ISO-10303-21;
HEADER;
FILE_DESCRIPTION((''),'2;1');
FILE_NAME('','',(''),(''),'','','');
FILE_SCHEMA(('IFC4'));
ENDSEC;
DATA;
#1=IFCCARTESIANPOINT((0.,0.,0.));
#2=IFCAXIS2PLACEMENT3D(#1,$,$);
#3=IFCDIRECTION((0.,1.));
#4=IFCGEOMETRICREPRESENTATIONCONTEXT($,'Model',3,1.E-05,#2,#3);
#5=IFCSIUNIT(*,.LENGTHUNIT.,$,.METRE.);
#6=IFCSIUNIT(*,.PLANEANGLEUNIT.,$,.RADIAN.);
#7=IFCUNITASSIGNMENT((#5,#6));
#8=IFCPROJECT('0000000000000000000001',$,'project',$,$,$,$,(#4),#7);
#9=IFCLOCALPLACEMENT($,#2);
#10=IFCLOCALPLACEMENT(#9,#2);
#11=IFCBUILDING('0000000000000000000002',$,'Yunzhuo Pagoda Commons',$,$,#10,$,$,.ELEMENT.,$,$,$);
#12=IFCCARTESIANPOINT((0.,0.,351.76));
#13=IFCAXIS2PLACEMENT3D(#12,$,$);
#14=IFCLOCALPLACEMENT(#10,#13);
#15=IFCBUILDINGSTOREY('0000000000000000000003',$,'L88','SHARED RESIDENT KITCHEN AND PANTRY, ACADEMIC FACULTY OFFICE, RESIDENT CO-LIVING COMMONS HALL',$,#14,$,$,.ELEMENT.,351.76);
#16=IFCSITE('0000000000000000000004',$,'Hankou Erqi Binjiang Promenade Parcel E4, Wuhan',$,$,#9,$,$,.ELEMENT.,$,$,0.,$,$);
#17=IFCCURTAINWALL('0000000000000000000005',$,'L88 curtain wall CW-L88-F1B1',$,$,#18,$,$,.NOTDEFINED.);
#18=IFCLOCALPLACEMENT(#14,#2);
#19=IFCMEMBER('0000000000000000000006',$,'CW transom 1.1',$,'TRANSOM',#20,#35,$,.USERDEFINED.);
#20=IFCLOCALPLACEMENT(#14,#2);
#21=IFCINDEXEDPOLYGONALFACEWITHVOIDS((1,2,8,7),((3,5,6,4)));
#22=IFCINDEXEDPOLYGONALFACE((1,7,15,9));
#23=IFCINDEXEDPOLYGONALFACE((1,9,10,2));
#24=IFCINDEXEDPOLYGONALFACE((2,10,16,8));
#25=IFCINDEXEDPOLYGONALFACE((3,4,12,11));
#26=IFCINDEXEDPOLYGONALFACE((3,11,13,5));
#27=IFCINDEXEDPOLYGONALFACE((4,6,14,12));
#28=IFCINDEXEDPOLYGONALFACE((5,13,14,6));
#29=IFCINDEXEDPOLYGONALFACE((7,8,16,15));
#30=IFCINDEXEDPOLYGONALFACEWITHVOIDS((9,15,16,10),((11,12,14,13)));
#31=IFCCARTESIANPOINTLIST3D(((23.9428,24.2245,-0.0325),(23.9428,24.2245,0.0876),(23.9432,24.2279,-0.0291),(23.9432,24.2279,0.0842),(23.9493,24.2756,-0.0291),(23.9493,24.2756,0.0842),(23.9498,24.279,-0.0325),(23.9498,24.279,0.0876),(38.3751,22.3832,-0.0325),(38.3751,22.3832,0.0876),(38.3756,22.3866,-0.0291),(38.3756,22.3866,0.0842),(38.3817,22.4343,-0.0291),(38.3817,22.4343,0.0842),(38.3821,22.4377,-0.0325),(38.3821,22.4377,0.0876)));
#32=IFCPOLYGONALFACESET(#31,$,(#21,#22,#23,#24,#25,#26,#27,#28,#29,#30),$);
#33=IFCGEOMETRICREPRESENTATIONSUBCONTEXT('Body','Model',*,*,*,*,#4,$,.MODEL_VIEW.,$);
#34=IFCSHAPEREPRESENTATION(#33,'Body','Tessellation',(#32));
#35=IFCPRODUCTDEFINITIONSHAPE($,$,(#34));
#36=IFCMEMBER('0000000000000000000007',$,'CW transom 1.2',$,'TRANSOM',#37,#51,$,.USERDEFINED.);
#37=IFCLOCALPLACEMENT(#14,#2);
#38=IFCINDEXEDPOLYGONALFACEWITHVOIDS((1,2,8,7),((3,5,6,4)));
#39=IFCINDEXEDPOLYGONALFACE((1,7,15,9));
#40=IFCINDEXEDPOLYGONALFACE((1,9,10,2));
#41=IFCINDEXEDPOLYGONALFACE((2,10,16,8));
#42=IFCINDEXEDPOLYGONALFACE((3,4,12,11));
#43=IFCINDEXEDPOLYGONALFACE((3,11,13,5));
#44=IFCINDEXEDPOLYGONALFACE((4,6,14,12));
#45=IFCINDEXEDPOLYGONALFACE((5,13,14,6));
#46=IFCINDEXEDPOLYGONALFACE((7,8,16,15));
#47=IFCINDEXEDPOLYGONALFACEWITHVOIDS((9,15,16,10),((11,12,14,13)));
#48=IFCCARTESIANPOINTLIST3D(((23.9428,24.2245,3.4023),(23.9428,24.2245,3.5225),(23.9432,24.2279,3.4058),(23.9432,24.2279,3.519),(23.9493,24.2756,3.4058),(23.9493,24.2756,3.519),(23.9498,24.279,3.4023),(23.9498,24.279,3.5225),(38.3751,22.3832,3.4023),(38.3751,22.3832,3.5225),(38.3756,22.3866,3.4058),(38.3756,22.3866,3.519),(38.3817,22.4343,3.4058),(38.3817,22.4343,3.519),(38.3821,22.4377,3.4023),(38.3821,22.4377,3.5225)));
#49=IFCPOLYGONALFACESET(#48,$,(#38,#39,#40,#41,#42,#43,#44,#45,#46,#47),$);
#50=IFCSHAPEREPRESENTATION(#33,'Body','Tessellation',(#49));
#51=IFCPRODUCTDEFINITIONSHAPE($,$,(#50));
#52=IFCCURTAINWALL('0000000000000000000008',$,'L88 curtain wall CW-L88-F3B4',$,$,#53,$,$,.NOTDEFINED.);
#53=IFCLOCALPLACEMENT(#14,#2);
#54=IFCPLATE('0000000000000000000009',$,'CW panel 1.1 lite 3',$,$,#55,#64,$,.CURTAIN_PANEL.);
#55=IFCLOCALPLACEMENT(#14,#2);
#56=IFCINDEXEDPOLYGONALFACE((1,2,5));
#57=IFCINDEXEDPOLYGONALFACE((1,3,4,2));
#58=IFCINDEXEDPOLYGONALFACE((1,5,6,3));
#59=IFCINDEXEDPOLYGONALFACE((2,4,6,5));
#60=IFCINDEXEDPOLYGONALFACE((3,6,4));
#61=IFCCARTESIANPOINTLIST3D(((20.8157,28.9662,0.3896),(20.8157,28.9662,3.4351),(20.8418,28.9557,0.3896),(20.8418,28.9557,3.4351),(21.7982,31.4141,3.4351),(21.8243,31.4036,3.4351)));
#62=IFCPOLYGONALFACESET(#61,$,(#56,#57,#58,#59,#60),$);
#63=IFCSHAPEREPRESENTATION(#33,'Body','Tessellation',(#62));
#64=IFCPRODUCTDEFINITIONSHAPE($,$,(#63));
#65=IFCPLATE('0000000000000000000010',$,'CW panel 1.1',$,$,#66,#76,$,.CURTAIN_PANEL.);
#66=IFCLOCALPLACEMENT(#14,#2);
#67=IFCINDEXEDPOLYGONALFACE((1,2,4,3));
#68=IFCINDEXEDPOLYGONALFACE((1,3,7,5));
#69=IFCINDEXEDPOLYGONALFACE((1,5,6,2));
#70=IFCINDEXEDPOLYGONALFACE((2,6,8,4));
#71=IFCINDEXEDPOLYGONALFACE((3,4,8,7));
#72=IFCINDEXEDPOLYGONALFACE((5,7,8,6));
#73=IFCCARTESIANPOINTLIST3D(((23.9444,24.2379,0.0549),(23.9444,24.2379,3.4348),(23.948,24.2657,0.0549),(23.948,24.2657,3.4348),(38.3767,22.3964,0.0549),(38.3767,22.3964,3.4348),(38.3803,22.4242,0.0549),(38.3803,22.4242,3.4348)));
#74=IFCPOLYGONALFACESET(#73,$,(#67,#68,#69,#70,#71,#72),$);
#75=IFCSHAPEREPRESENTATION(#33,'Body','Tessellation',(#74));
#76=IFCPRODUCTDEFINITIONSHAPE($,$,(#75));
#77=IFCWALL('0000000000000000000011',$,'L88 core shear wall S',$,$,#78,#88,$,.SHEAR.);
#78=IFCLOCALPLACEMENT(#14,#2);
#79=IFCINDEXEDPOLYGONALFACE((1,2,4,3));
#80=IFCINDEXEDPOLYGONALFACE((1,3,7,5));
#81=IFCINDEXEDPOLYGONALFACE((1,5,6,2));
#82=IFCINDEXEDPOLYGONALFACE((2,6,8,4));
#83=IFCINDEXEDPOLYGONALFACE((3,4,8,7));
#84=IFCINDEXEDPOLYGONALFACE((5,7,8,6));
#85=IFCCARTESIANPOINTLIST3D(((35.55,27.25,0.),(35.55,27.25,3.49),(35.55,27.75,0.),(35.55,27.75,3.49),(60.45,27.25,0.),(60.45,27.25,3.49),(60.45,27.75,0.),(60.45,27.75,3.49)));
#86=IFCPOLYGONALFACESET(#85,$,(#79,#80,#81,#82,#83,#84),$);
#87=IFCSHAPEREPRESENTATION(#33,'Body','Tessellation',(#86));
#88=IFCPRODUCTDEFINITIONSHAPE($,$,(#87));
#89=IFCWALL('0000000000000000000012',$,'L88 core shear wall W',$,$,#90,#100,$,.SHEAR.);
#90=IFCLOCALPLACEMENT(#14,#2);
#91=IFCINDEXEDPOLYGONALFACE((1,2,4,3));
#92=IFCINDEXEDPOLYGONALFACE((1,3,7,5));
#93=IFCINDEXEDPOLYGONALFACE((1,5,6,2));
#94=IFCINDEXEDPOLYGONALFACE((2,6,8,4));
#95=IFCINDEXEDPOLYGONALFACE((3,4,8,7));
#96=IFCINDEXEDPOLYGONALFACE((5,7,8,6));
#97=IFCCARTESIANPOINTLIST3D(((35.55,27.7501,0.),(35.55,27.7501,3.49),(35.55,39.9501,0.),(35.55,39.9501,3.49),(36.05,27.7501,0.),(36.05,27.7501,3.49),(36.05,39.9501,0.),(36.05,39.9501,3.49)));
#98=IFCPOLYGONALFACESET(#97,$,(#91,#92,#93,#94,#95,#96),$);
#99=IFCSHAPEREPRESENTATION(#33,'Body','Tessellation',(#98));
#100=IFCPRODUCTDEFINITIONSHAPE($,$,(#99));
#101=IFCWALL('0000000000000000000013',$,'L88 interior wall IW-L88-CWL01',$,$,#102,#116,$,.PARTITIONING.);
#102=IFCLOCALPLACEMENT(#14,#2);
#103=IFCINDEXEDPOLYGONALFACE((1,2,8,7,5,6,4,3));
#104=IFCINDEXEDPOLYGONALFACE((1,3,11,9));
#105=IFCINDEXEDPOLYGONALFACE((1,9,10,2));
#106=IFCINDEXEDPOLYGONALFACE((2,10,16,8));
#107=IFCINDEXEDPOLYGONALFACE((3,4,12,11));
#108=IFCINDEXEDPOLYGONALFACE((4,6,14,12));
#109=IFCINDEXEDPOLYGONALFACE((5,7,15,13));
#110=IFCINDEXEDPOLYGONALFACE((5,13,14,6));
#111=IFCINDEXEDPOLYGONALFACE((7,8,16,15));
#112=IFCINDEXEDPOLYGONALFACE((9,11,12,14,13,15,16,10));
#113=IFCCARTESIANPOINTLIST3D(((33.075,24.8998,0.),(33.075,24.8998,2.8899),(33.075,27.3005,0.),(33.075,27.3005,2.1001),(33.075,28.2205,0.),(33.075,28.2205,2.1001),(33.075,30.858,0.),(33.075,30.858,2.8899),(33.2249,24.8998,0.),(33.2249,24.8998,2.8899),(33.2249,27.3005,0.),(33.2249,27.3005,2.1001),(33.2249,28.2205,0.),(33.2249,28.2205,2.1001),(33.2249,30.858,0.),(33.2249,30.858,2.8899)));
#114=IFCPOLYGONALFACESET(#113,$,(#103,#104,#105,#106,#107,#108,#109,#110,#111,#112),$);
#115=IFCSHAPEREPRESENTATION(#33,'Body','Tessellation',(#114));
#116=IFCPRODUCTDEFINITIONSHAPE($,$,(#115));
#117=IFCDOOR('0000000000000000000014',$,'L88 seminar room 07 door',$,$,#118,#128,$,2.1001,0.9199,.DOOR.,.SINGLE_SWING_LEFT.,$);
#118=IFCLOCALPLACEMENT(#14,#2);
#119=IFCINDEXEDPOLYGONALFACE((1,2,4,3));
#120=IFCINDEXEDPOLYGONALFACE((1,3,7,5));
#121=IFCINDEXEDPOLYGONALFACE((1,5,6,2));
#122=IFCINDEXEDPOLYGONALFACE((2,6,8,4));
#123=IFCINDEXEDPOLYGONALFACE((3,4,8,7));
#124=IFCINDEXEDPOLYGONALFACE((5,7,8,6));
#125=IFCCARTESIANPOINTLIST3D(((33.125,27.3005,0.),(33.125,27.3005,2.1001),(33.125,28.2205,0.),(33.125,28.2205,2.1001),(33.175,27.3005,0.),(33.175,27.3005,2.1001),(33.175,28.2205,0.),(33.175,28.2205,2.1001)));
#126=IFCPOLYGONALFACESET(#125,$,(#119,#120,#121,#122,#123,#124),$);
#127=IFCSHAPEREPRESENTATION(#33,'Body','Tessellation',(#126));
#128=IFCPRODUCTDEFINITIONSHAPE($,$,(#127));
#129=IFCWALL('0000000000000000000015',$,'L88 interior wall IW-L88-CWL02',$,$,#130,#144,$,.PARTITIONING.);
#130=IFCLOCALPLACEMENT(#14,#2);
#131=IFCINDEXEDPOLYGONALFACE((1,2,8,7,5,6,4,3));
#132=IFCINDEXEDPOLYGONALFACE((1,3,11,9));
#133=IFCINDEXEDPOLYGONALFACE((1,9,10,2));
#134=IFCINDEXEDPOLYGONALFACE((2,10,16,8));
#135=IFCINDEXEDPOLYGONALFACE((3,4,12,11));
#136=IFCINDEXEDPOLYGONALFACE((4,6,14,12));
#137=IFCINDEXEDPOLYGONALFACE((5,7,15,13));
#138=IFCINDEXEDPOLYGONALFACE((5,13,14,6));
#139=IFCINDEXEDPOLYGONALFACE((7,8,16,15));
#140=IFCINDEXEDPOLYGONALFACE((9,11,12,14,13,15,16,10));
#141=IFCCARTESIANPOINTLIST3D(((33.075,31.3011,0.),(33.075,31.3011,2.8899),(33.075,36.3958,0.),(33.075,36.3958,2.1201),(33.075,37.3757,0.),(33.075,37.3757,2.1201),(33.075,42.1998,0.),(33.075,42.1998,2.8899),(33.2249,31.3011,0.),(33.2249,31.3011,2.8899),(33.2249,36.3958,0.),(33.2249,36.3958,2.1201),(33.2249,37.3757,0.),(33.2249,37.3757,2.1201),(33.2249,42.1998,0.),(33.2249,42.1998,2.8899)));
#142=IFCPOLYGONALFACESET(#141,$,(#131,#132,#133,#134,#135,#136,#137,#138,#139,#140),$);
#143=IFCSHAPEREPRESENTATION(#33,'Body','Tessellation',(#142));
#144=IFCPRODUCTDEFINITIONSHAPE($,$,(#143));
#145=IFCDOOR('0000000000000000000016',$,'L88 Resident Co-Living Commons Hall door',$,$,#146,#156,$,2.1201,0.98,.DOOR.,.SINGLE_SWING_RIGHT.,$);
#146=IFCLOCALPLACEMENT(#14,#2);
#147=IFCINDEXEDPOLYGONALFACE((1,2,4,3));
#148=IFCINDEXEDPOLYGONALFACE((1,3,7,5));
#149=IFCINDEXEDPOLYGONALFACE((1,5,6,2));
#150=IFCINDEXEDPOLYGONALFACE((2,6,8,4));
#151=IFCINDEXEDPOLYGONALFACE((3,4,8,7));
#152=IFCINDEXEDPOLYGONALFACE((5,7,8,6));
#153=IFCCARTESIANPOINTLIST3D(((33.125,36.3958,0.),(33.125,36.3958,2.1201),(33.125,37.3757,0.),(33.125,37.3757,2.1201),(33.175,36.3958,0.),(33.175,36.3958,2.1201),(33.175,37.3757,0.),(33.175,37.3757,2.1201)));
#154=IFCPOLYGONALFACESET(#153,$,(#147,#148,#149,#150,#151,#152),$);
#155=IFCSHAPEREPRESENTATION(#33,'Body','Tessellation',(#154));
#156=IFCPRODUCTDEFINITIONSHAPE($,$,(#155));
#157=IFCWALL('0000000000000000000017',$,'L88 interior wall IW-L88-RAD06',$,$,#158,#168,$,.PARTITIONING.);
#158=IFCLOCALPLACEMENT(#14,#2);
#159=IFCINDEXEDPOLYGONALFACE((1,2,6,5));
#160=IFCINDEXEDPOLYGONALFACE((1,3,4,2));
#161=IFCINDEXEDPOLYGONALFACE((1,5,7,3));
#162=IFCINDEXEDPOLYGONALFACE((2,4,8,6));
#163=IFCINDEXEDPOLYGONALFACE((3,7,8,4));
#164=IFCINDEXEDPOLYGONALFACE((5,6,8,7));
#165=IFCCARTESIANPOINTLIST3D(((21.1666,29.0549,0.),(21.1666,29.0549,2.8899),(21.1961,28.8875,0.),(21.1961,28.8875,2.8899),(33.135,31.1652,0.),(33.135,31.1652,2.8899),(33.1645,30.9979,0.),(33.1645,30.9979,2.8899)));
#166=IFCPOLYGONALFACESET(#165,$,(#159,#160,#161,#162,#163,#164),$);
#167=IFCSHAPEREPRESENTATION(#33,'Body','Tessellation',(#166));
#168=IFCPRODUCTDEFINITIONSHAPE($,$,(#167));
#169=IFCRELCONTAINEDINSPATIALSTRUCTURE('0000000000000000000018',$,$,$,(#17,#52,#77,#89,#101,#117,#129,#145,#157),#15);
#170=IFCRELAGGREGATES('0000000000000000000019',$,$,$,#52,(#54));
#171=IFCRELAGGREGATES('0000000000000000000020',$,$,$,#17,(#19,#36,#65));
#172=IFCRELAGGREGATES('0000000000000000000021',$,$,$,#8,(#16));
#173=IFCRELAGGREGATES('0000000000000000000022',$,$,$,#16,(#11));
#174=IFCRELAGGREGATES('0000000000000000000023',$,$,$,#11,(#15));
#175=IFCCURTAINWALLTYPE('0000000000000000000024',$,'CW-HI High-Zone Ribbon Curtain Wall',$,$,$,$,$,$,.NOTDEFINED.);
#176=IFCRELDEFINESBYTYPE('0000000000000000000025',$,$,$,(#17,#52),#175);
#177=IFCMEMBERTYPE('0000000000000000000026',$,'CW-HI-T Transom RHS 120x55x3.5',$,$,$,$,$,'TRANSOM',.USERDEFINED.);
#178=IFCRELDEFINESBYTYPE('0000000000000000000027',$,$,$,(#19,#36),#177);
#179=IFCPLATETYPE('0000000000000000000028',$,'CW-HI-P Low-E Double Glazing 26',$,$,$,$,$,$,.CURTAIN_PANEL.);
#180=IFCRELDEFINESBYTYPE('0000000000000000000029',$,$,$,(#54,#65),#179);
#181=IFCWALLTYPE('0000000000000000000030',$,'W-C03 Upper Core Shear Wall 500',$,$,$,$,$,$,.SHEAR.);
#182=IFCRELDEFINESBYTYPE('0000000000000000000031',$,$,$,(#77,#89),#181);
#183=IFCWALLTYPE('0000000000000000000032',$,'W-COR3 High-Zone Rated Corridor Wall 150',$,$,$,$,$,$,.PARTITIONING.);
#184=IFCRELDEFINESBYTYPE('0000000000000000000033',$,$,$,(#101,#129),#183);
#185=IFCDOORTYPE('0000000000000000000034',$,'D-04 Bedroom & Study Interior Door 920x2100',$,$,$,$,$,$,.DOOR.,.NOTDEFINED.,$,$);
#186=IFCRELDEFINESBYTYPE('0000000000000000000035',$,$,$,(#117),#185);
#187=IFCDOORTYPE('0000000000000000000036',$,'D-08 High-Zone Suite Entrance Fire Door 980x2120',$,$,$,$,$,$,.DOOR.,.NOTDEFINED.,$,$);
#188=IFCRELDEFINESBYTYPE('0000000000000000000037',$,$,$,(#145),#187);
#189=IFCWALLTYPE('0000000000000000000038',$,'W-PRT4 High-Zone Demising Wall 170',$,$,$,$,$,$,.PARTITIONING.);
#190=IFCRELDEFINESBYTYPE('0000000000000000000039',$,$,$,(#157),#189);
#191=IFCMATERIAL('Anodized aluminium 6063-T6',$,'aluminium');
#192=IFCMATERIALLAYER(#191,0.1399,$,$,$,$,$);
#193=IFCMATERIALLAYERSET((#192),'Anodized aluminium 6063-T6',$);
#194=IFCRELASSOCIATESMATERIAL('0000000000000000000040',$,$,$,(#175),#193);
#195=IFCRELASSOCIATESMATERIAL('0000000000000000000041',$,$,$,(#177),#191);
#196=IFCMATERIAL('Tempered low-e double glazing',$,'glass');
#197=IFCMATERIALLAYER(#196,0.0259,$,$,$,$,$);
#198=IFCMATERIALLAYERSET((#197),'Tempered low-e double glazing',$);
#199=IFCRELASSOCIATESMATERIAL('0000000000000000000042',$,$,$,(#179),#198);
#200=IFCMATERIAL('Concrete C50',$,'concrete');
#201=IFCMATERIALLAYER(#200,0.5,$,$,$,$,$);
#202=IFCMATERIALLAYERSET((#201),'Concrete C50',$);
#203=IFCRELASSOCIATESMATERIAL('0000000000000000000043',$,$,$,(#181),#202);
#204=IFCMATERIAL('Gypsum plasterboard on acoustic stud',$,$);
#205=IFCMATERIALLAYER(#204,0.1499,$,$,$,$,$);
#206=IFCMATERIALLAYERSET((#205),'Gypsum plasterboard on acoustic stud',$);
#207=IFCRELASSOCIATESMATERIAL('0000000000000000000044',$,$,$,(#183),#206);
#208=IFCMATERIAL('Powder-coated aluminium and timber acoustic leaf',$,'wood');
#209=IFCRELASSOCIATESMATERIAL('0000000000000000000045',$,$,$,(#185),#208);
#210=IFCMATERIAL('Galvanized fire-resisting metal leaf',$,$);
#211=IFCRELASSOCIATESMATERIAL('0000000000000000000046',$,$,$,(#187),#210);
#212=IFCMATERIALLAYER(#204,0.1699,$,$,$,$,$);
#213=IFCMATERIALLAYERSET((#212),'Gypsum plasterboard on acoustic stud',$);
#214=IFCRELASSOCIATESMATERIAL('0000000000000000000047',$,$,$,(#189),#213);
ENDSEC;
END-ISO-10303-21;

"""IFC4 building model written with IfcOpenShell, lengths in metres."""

from ifc_helpers import new_model, si_unit, direction, frame, frame_2d, origin, origin_with_axes, origin_2d, place, context, subcontext, project, spatial, polyline, rectangle, hollow_rectangle, outline, extrude, source, transform, mapped, material, layer, layer_set, material_profile, profile_set, type_object, element, fill, aggregate, save


model = new_model("IFC4")

# Units and contexts
model_context = context("Model", 3, precision=1e-05, world=origin(), true_north=direction((0.0, 1.0)))
body_context = subcontext(model_context, "Body", "Model", "MODEL_VIEW")
ifc_project = project(units=[si_unit("LENGTHUNIT", "METRE"), si_unit("PLANEANGLEUNIT", "RADIAN")], contexts=[model_context])

# Site, building, storey
site_placement = place(None, origin())
site = spatial("IfcSite", under=ifc_project, at=site_placement, Name="Hankou Erqi Binjiang Promenade Parcel E4, Wuhan", CompositionType="ELEMENT", RefElevation=0.0)
building_placement = place(site_placement, origin())
building = spatial("IfcBuilding", under=site, at=building_placement, Name="Yunzhuo Pagoda Commons", CompositionType="ELEMENT")
storey_placement = place(building_placement, frame((0.0, 0.0, 351.76)))
storey = spatial("IfcBuildingStorey", under=building, at=storey_placement, Name="L88", Description="SHARED RESIDENT KITCHEN AND PANTRY, ACADEMIC FACULTY OFFICE, RESIDENT CO-LIVING COMMONS HALL", CompositionType="ELEMENT", Elevation=351.76)

# Curtain wall, members
ifc_material_1 = material(Name="Anodized aluminium 6063-T6", Category="aluminium")
ifc_layer_1 = layer(ifc_material_1, 0.1399)
ifc_layer_set_1 = layer_set([ifc_layer_1], Name="Anodized aluminium 6063-T6")
curtain_wall_type = type_object("IfcCurtainWallType", Name="CW-HI High-Zone Ribbon Curtain Wall", PredefinedType="NOTDEFINED", material=ifc_layer_set_1)
curtain_wall_1_placement = place(storey_placement, origin())
curtain_wall_1 = element("IfcCurtainWall", 1, at=curtain_wall_1_placement, inside=storey, type_object=curtain_wall_type, Name="L88 curtain wall CW-L88-F1B1", PredefinedType="NOTDEFINED")
ifc_material_profile_1 = material_profile(ifc_material_1, hollow_rectangle(XDim=0.0549, YDim=0.1201, WallThickness=0.0034, at=origin_2d()), Name="Anodized aluminium 6063-T6")
ifc_profile_set_1 = profile_set([ifc_material_profile_1], Name="Anodized aluminium 6063-T6")
member_type_1 = type_object("IfcMemberType", Name="CW-HI-T Transom RHS 120x55x3.5", ElementType="TRANSOM", PredefinedType="USERDEFINED", material=ifc_profile_set_1)
shared_shape_1 = source(origin(), body_context, "Body", "SweptSolid", [
    extrude(hollow_rectangle(XDim=0.0549, YDim=0.1201, WallThickness=0.0034, at=origin_2d()), origin(), (0.0, 0.0, 1.0), 14.5493),
])
member_1_placement = place(storey_placement, frame((23.9463, 24.2517, 0.0276), z_axis=(0.991959, -0.126556, 0.0), x_axis=(0.126556, 0.991959, 0.0)))
member_1 = element("IfcMember", 2, at=member_1_placement, type_object=member_type_1, Name="CW transom 1.1", ObjectType="TRANSOM", PredefinedType="USERDEFINED", context=body_context, shape_type="MappedRepresentation", body=[
    mapped(shared_shape_1, transform((0.0, 0.0, 0.0), scale=1.0)),
])
member_2_placement = place(storey_placement, frame((23.9463, 24.2517, 3.4624), z_axis=(0.991959, -0.126556, 0.0), x_axis=(0.126556, 0.991959, 0.0)))
member_2 = element("IfcMember", 3, at=member_2_placement, type_object=member_type_1, Name="CW transom 1.2", ObjectType="TRANSOM", PredefinedType="USERDEFINED", context=body_context, shape_type="MappedRepresentation", body=[
    mapped(shared_shape_1, transform((0.0, 0.0, 0.0), scale=1.0)),
])

# Curtain wall, plate
curtain_wall_2_placement = place(storey_placement, origin())
curtain_wall_2 = element("IfcCurtainWall", 4, at=curtain_wall_2_placement, inside=storey, type_object=curtain_wall_type, Name="L88 curtain wall CW-L88-F3B4", PredefinedType="NOTDEFINED")
ifc_material_2 = material(Name="Tempered low-e double glazing", Category="glass")
ifc_layer_2 = layer(ifc_material_2, 0.0259)
ifc_layer_set_2 = layer_set([ifc_layer_2], Name="Tempered low-e double glazing")
plate_type = type_object("IfcPlateType", Name="CW-HI-P Low-E Double Glazing 26", PredefinedType="CURTAIN_PANEL", material=ifc_layer_set_2)
plate_1_placement = place(storey_placement, frame((21.333, 30.1797, 1.9124), z_axis=(-0.928039, 0.372483, 0.0), x_axis=(-0.372483, -0.928039, 0.0)))
plate_1 = element("IfcPlate", 5, at=plate_1_placement, type_object=plate_type, Name="CW panel 1.1 lite 3", PredefinedType="CURTAIN_PANEL", context=body_context, shape_type="SweptSolid", body=[
    extrude(outline(polyline([(-1.3188, 1.5227), (1.3188, -1.5227), (1.3188, 1.5227), (-1.3188, 1.5227)])), origin(), (0.0, 0.0, 1.0), 0.0281),
])
aggregate(curtain_wall_2, [plate_1])

# Plate
shared_shape_2 = source(origin(), body_context, "Body", "SweptSolid", [
    extrude(rectangle(XDim=14.5493, YDim=0.0281, at=origin_2d()), origin(), (0.0, 0.0, 1.0), 3.3799),
])
plate_2_placement = place(storey_placement, frame((31.1624, 23.3311, 0.0549), z_axis=(0.0, 0.0, 1.0), x_axis=(0.991958, -0.126571, 0.0)))
plate_2 = element("IfcPlate", 6, at=plate_2_placement, type_object=plate_type, Name="CW panel 1.1", PredefinedType="CURTAIN_PANEL", context=body_context, shape_type="MappedRepresentation", body=[
    mapped(shared_shape_2, transform((0.0, 0.0, 0.0), scale=1.0)),
])
aggregate(curtain_wall_1, [member_1, member_2, plate_2])

# Walls
ifc_material_3 = material(Name="Concrete C50", Category="concrete")
ifc_layer_3 = layer(ifc_material_3, 0.5)
ifc_layer_set_3 = layer_set([ifc_layer_3], Name="Concrete C50")
wall_type_1 = type_object("IfcWallType", Name="W-C03 Upper Core Shear Wall 500", PredefinedType="SHEAR", material=ifc_layer_set_3)
wall_1_placement = place(storey_placement, frame((35.55, 27.5, 0.0), z_axis=(0.0, 0.0, 1.0), x_axis=(1.0, 0.0, 0.0)))
element("IfcWall", 7, at=wall_1_placement, inside=storey, type_object=wall_type_1, Name="L88 core shear wall S", PredefinedType="SHEAR", context=body_context, shape_type="SweptSolid", body=[
    extrude(rectangle(XDim=24.8999, YDim=0.5, at=frame_2d((12.45, 0.0))), origin(), (0.0, 0.0, 1.0), 3.49),
])
wall_2_placement = place(storey_placement, frame((35.8, 27.75, 0.0), z_axis=(0.0, 0.0, 1.0), x_axis=(0.0, 1.0, 0.0)))
element("IfcWall", 8, at=wall_2_placement, inside=storey, type_object=wall_type_1, Name="L88 core shear wall W", PredefinedType="SHEAR", context=body_context, shape_type="SweptSolid", body=[
    extrude(rectangle(XDim=12.2, YDim=0.5, at=frame_2d((6.1001, 0.0))), origin(), (0.0, 0.0, 1.0), 3.49),
])

# Walls, openings, doors
ifc_material_4 = material(Name="Gypsum plasterboard on acoustic stud")
ifc_layer_4 = layer(ifc_material_4, 0.1499)
ifc_layer_set_4 = layer_set([ifc_layer_4], Name="Gypsum plasterboard on acoustic stud")
wall_type_2 = type_object("IfcWallType", Name="W-COR3 High-Zone Rated Corridor Wall 150", PredefinedType="PARTITIONING", material=ifc_layer_set_4)
wall_3_placement = place(storey_placement, frame((33.1499, 24.8999, 0.0), z_axis=(0.0, 0.0, 1.0), x_axis=(0.0, 1.0, 0.0)))
wall_3 = element("IfcWall", 9, at=wall_3_placement, inside=storey, type_object=wall_type_2, Name="L88 interior wall IW-L88-CWL01", PredefinedType="PARTITIONING", context=body_context, shape_type="SweptSolid", body=[
    extrude(rectangle(XDim=5.9583, YDim=0.1499, at=frame_2d((2.979, 0.0))), origin(), (0.0, 0.0, 1.0), 2.8899),
])
opening_1_placement = place(wall_3_placement, frame((2.4006, 0.0, 0.0)))
opening_1 = element("IfcOpeningElement", 10, at=opening_1_placement, cuts=wall_3, PredefinedType="OPENING", context=body_context, shape_type="SweptSolid", body=[
    extrude(rectangle(XDim=0.9199, YDim=2.1001, at=frame_2d((0.46, 1.05))), frame((0.0, 0.085, 0.0), z_axis=(0.0, -1.0, 0.0), x_axis=(1.0, 0.0, 0.0)), (0.0, 0.0, 1.0), 0.1699),
])
ifc_material_5 = material(Name="Powder-coated aluminium and timber acoustic leaf", Category="wood")
door_type_1 = type_object("IfcDoorType", Name="D-04 Bedroom & Study Interior Door 920x2100", OperationType="NOTDEFINED", PredefinedType="DOOR", material=ifc_material_5)
shared_shape_3 = source(origin(), body_context, "Body", "SweptSolid", [
    extrude(rectangle(XDim=0.9199, YDim=2.1001, at=frame_2d((0.46, 1.05))), frame((0.0, 0.0249, 0.0), z_axis=(0.0, -1.0, 0.0), x_axis=(1.0, 0.0, 0.0)), (0.0, 0.0, 1.0), 0.05),
])
door_1_placement = place(opening_1_placement, origin_with_axes())
door_1 = element("IfcDoor", 11, at=door_1_placement, inside=storey, type_object=door_type_1, Name="L88 seminar room 07 door", OperationType="SINGLE_SWING_LEFT", OverallHeight=2.1001, OverallWidth=0.9199, PredefinedType="DOOR", context=body_context, shape_type="MappedRepresentation", body=[
    mapped(shared_shape_3, transform((0.0, 0.0, 0.0), scale=1.0)),
])
fill(opening_1, door_1)
wall_4_placement = place(storey_placement, frame((33.1499, 31.3013, 0.0), z_axis=(0.0, 0.0, 1.0), x_axis=(0.0, 1.0, 0.0)))
wall_4 = element("IfcWall", 12, at=wall_4_placement, inside=storey, type_object=wall_type_2, Name="L88 interior wall IW-L88-CWL02", PredefinedType="PARTITIONING", context=body_context, shape_type="SweptSolid", body=[
    extrude(rectangle(XDim=10.8987, YDim=0.1499, at=frame_2d((5.4492, 0.0))), origin(), (0.0, 0.0, 1.0), 2.8899),
])
opening_2_placement = place(wall_4_placement, frame((5.0945, 0.0, 0.0)))
opening_2 = element("IfcOpeningElement", 13, at=opening_2_placement, cuts=wall_4, PredefinedType="OPENING", context=body_context, shape_type="SweptSolid", body=[
    extrude(rectangle(XDim=0.98, YDim=2.1201, at=frame_2d((0.49, 1.0601))), frame((0.0, 0.085, 0.0), z_axis=(0.0, -1.0, 0.0), x_axis=(1.0, 0.0, 0.0)), (0.0, 0.0, 1.0), 0.1699),
])
ifc_material_6 = material(Name="Galvanized fire-resisting metal leaf")
door_type_2 = type_object("IfcDoorType", Name="D-08 High-Zone Suite Entrance Fire Door 980x2120", OperationType="NOTDEFINED", PredefinedType="DOOR", material=ifc_material_6)
shared_shape_4 = source(origin(), body_context, "Body", "SweptSolid", [
    extrude(rectangle(XDim=0.98, YDim=2.1201, at=frame_2d((0.49, 1.0601))), frame((0.0, 0.0249, 0.0), z_axis=(0.0, -1.0, 0.0), x_axis=(1.0, 0.0, 0.0)), (0.0, 0.0, 1.0), 0.05),
])
door_2_placement = place(opening_2_placement, origin_with_axes())
door_2 = element("IfcDoor", 14, at=door_2_placement, inside=storey, type_object=door_type_2, Name="L88 Resident Co-Living Commons Hall door", OperationType="SINGLE_SWING_RIGHT", OverallHeight=2.1201, OverallWidth=0.98, PredefinedType="DOOR", context=body_context, shape_type="MappedRepresentation", body=[
    mapped(shared_shape_4, transform((0.0, 0.0, 0.0), scale=1.0)),
])
fill(opening_2, door_2)

# Wall
ifc_layer_5 = layer(ifc_material_4, 0.1699)
ifc_layer_set_5 = layer_set([ifc_layer_5], Name="Gypsum plasterboard on acoustic stud")
wall_type_3 = type_object("IfcWallType", Name="W-PRT4 High-Zone Demising Wall 170", PredefinedType="PARTITIONING", material=ifc_layer_set_5)
wall_5_placement = place(storey_placement, frame((33.1499, 31.0815, 0.0), z_axis=(0.0, 0.0, 1.0), x_axis=(-0.984808, -0.173647, 0.0)))
element("IfcWall", 15, at=wall_5_placement, inside=storey, type_object=wall_type_3, Name="L88 interior wall IW-L88-RAD06", PredefinedType="PARTITIONING", context=body_context, shape_type="SweptSolid", body=[
    extrude(rectangle(XDim=12.1531, YDim=0.1699, at=frame_2d((6.0767, 0.0))), origin(), (0.0, 0.0, 1.0), 2.8899),
])

save(model, "model.ifc")
